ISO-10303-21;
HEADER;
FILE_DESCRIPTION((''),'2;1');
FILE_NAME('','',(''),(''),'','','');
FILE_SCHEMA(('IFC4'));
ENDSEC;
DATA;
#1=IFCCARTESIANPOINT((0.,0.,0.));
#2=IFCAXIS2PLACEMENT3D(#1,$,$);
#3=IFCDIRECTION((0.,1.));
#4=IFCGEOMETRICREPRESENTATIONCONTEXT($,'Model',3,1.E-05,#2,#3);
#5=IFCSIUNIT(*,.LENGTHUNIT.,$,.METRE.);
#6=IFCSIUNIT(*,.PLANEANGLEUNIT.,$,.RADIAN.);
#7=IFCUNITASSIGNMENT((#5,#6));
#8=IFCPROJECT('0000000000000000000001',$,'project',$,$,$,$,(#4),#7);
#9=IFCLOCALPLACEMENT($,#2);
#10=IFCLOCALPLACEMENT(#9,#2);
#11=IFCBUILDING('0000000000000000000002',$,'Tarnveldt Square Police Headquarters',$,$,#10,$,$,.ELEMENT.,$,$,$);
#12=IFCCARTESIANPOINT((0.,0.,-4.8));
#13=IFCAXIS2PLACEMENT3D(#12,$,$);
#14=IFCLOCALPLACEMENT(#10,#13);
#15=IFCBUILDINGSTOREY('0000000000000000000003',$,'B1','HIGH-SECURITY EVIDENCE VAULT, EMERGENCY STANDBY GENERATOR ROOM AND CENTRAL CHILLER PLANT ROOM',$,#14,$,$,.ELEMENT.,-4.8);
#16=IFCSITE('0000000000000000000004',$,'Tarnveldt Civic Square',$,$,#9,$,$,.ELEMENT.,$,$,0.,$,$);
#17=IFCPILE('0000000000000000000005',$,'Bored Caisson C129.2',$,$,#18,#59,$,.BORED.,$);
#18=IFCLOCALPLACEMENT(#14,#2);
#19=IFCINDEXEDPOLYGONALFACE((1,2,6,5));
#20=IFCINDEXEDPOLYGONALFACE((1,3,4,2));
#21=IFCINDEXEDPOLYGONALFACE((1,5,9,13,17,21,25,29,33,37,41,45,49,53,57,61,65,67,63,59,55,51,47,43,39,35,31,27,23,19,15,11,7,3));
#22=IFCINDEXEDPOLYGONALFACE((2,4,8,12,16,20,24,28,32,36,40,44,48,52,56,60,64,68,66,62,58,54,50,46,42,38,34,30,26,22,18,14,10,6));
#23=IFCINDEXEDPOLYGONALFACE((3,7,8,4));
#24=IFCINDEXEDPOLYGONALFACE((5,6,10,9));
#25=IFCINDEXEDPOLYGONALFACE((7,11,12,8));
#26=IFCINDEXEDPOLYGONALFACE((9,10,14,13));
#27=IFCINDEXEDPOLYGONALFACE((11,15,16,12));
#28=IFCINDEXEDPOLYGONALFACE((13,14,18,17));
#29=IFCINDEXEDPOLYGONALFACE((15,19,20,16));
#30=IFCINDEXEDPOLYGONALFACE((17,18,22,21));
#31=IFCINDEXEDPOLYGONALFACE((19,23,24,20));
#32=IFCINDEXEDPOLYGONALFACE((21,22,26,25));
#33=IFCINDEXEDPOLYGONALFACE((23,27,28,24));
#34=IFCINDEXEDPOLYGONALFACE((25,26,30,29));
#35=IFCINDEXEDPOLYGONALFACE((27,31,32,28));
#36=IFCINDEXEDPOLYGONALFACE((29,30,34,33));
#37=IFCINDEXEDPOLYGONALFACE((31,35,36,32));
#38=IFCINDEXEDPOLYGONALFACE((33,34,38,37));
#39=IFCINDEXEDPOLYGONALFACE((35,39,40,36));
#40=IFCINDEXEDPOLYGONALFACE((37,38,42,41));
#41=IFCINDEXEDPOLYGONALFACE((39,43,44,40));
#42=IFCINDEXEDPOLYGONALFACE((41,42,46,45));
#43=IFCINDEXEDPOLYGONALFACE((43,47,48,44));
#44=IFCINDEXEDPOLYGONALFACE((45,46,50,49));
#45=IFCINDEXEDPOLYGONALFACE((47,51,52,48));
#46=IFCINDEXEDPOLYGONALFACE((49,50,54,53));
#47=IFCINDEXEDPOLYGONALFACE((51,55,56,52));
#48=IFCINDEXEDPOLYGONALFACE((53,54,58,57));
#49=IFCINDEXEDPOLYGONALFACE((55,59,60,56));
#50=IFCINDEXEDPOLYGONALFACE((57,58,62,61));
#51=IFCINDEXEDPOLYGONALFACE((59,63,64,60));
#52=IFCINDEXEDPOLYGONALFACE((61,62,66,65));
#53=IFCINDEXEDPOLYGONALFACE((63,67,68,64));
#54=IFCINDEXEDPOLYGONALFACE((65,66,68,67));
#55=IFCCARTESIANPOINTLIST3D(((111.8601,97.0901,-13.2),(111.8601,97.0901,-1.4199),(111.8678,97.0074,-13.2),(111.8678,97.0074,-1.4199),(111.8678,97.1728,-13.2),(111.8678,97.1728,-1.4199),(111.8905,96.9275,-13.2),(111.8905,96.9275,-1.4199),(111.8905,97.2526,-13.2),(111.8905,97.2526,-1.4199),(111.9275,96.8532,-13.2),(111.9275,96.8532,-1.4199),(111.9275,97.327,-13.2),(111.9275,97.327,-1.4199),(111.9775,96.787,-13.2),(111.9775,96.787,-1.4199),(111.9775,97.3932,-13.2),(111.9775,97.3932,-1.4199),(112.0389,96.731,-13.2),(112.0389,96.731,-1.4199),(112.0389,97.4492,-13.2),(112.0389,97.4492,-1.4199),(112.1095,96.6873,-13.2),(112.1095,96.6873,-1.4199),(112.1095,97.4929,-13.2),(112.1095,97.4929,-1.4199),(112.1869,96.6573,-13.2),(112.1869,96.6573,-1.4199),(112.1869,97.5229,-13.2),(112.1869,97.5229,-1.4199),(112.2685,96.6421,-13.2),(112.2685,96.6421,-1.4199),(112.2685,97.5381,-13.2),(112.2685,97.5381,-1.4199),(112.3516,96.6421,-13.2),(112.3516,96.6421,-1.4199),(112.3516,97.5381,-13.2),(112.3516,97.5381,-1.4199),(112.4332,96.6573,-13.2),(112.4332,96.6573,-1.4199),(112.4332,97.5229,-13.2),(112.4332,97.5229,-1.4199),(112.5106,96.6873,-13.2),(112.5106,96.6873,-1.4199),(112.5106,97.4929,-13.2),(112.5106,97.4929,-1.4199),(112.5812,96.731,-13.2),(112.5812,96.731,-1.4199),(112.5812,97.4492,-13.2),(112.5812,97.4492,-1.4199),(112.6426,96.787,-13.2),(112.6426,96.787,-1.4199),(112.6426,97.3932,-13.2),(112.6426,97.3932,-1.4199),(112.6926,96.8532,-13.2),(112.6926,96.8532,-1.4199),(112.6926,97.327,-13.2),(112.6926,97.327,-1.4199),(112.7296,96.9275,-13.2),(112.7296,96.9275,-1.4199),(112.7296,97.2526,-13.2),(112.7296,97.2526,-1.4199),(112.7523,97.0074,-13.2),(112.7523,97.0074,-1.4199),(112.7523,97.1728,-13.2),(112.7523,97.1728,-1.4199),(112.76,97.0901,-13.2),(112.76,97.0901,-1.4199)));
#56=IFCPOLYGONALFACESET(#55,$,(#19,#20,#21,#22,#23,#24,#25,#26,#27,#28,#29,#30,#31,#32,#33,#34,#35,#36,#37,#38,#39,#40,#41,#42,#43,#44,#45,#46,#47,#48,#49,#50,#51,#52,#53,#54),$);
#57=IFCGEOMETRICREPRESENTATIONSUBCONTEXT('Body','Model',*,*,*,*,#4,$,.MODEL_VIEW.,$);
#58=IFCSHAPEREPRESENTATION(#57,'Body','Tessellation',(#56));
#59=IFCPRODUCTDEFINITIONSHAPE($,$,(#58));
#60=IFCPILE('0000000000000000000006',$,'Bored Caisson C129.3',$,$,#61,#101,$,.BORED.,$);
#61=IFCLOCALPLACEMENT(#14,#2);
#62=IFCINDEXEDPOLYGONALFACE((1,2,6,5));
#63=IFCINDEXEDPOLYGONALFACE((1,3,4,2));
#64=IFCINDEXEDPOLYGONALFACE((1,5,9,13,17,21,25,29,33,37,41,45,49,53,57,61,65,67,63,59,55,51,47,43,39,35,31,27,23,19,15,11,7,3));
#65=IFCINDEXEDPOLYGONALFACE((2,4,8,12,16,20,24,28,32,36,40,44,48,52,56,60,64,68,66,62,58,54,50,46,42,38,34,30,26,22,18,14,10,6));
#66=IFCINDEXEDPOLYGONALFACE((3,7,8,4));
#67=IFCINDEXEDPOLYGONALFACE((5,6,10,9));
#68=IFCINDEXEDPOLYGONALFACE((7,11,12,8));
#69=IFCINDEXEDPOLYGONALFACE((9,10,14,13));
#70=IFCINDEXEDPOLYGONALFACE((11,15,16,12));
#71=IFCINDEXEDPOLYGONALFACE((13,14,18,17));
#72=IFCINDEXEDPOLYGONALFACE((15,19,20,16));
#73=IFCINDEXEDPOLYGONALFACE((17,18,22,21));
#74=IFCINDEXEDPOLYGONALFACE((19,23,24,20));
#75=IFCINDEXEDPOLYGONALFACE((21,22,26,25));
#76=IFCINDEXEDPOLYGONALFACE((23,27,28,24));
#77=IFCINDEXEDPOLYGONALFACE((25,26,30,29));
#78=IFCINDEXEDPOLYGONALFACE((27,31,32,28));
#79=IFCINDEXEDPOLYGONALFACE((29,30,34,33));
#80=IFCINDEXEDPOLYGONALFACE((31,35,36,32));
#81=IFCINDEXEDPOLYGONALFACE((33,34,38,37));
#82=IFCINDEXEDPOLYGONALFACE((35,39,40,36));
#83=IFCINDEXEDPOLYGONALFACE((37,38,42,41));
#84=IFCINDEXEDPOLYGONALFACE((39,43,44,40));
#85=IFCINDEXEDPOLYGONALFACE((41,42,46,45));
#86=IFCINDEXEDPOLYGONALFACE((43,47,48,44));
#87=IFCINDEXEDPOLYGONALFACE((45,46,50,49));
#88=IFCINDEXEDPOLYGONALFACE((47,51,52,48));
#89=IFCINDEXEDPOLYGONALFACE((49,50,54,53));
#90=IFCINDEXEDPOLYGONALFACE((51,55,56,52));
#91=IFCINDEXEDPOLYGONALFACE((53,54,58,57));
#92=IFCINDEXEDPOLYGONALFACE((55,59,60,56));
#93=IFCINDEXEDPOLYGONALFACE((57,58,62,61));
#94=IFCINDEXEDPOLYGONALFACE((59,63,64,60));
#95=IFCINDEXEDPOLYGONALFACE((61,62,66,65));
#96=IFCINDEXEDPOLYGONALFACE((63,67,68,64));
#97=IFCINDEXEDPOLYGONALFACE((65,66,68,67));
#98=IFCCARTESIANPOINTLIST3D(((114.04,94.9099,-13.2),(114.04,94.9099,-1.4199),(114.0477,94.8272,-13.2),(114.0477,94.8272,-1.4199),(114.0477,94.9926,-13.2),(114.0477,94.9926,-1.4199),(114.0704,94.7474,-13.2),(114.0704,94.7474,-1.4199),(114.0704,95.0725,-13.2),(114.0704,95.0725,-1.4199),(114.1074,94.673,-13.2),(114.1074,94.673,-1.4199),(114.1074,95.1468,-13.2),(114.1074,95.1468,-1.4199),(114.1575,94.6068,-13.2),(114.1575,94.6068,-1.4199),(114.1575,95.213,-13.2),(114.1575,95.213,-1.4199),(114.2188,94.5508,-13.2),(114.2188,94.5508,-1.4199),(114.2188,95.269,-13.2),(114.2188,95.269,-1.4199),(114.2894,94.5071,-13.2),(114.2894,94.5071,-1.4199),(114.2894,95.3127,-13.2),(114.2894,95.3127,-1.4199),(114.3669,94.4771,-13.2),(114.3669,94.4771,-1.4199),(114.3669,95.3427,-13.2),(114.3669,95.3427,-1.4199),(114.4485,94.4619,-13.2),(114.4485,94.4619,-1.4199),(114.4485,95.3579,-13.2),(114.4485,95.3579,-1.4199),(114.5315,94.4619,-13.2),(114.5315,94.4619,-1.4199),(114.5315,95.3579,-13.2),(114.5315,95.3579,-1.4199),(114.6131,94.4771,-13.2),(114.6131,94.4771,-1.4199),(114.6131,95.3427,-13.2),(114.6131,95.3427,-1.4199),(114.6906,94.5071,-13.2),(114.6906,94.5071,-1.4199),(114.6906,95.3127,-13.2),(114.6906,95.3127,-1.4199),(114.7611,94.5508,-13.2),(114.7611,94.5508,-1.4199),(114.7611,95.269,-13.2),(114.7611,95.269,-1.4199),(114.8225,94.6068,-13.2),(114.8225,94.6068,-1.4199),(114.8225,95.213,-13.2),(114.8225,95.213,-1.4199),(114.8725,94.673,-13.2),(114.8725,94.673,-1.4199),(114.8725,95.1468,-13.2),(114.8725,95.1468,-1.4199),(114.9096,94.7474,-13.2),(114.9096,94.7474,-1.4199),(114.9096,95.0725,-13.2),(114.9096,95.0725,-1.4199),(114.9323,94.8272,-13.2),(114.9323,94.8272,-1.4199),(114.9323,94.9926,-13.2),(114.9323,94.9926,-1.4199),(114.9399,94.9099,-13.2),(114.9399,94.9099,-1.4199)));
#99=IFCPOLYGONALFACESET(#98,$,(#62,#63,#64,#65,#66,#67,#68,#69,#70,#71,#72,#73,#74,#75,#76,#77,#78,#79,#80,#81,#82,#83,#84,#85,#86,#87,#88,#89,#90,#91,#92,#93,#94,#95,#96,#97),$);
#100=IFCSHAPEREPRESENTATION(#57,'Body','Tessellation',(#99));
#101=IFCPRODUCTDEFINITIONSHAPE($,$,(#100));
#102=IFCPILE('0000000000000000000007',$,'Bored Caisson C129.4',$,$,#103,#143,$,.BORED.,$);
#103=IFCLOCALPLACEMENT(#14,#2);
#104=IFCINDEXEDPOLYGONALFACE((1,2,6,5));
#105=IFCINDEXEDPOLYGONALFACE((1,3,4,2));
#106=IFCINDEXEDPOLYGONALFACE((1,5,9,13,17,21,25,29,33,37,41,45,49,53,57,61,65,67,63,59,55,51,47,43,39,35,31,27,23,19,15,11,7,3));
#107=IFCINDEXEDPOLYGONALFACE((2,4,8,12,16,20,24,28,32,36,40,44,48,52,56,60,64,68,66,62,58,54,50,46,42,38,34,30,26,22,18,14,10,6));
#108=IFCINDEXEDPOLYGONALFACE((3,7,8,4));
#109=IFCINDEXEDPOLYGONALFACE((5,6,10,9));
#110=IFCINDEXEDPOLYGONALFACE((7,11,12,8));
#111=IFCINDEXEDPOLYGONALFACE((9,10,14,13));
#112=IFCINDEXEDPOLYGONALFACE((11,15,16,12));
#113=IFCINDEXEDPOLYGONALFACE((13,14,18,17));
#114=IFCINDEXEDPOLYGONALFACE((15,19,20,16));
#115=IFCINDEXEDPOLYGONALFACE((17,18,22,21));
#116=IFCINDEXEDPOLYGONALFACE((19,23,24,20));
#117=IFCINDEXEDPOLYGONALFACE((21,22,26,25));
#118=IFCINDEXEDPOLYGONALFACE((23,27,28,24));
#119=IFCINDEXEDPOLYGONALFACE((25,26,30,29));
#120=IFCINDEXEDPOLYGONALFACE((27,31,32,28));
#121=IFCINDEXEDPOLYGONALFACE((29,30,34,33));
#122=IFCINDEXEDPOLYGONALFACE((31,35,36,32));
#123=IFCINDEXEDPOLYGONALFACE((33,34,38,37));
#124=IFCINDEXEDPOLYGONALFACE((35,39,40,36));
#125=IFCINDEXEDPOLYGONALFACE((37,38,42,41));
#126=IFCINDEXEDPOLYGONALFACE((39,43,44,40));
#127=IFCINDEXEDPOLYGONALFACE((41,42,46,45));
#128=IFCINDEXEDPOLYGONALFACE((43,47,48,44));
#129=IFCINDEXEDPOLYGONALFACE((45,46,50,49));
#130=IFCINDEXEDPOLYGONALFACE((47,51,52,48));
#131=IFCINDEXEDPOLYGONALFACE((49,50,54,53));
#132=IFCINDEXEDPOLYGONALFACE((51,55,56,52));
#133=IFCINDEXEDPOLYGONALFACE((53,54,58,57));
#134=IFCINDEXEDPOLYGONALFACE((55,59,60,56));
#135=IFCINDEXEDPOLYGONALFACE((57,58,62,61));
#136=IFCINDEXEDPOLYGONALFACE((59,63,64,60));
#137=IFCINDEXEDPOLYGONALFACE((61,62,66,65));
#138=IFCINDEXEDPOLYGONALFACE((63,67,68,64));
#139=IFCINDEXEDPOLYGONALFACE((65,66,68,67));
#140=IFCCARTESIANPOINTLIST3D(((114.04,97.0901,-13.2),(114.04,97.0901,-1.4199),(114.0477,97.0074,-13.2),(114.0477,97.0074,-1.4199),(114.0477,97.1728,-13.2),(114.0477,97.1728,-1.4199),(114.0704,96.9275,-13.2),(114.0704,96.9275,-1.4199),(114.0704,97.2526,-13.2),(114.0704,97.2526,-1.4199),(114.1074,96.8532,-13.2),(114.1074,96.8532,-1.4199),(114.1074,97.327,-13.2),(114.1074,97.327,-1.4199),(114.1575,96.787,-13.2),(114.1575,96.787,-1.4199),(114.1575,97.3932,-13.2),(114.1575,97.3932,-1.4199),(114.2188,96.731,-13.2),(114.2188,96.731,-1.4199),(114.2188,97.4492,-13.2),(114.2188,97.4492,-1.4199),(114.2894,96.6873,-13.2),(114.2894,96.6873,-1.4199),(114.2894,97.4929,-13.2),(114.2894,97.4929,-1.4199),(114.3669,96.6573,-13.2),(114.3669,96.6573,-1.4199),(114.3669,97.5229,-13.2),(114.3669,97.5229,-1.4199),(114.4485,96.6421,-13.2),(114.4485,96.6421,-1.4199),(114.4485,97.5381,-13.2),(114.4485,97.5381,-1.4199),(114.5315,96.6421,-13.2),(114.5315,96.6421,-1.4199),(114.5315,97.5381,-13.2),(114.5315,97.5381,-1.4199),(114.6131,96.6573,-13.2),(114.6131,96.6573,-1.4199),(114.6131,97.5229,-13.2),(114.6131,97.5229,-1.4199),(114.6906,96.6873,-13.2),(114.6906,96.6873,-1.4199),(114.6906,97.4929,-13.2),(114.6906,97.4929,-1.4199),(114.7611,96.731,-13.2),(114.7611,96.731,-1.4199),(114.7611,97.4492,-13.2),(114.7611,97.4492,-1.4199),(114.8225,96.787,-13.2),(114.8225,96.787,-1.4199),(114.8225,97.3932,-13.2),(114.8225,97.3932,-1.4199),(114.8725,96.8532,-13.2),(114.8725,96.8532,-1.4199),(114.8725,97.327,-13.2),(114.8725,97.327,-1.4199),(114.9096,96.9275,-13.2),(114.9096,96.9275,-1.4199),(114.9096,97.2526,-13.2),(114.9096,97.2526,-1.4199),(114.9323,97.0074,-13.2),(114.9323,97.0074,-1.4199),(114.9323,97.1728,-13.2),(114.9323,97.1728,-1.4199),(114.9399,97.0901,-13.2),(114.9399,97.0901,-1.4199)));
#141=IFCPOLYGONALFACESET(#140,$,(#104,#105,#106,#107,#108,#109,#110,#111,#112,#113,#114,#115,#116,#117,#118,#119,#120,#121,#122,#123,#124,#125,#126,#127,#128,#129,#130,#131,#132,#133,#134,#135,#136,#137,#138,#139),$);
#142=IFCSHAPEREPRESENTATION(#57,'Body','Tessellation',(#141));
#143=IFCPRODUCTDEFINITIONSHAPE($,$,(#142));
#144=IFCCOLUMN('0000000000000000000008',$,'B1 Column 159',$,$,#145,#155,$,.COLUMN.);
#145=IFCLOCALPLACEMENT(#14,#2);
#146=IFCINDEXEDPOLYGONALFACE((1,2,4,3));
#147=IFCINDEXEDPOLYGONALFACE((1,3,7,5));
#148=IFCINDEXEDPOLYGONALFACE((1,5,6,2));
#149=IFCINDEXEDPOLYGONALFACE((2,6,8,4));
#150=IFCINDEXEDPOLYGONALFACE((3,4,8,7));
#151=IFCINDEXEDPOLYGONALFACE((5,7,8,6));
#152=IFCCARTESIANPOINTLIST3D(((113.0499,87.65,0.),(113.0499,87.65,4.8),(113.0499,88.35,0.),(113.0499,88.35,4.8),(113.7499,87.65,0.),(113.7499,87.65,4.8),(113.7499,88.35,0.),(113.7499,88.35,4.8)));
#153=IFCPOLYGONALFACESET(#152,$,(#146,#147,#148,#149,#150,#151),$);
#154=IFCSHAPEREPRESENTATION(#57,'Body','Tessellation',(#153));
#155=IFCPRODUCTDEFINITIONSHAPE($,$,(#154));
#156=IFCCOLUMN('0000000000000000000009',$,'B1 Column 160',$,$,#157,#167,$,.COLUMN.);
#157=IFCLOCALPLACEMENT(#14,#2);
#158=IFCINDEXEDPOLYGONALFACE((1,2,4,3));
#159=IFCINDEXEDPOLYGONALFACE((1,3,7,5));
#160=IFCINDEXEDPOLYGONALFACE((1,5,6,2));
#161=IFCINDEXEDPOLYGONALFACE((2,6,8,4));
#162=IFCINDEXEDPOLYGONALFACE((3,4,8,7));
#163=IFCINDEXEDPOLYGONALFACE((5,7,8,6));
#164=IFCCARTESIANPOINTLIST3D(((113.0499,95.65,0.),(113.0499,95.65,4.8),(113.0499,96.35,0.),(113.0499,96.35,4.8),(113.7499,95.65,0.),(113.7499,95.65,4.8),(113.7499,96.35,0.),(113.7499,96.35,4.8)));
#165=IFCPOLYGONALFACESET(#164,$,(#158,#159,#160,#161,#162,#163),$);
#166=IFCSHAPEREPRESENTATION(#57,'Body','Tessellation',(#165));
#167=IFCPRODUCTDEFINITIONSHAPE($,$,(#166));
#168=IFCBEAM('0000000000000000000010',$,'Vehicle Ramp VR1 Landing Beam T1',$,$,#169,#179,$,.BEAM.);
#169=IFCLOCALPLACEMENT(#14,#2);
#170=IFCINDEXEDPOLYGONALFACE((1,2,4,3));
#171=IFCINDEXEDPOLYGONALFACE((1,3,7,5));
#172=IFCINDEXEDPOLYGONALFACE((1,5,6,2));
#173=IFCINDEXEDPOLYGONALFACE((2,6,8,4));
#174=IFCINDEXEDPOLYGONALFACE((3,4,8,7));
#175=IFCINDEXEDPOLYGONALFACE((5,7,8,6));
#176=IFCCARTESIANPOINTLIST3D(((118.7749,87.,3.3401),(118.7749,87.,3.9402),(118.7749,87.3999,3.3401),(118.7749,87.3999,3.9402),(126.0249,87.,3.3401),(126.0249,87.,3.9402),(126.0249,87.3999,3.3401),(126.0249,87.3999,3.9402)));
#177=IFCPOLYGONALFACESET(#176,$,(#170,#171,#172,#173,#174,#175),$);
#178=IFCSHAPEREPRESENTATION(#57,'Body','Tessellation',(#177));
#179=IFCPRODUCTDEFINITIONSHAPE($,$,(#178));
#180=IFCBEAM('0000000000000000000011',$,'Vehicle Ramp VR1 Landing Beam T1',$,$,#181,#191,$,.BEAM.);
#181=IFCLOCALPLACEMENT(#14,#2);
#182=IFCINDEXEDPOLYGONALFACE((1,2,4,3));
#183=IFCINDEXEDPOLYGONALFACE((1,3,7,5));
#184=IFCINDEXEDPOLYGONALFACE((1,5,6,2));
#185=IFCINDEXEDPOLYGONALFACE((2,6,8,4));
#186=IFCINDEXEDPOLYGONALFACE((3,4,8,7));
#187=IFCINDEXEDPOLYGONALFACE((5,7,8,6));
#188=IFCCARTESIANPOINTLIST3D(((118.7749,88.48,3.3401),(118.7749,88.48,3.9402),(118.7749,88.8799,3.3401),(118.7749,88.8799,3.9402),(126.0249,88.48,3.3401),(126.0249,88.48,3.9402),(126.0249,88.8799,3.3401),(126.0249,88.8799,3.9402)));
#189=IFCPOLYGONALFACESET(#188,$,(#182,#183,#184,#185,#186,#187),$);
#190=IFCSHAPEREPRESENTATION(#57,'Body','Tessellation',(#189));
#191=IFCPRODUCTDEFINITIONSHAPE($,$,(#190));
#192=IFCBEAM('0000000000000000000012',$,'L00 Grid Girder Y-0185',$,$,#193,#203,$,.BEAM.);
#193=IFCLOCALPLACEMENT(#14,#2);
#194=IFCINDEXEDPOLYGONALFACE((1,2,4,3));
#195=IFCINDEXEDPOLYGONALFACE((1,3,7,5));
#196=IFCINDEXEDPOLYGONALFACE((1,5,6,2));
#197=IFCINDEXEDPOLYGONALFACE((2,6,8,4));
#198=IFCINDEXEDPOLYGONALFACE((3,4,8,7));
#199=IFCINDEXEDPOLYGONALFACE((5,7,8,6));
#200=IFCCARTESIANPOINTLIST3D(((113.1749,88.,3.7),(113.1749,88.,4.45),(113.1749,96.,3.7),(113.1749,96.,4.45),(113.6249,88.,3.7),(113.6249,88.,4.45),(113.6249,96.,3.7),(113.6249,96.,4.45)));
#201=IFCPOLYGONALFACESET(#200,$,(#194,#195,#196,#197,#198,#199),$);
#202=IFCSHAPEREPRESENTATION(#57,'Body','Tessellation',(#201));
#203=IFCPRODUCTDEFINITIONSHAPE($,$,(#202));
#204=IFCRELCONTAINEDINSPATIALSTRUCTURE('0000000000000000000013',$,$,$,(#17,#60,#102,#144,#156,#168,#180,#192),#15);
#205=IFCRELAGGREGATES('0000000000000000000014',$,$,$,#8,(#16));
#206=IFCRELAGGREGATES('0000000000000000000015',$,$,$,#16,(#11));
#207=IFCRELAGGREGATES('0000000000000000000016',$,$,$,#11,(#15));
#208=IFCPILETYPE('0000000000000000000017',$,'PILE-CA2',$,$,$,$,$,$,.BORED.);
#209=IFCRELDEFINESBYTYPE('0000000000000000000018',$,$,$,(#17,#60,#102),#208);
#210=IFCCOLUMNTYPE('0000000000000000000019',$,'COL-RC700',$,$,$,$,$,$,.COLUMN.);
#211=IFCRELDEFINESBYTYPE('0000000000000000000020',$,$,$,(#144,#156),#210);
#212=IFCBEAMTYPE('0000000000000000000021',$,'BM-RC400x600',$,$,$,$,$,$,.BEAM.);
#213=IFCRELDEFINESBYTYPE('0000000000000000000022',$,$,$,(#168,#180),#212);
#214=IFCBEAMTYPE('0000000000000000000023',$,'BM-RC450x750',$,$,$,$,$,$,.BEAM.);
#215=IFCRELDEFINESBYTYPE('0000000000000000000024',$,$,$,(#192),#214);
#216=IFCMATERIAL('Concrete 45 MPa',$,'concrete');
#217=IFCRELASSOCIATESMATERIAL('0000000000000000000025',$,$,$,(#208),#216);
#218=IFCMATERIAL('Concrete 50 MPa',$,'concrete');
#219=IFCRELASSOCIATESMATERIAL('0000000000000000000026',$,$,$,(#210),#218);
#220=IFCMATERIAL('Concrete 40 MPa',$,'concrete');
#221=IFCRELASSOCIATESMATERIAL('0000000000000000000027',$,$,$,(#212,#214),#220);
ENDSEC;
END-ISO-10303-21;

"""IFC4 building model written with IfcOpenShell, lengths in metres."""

from ifc_helpers import new_model, si_unit, direction, frame, origin, origin_2d, place, context, subcontext, project, spatial, rectangle, circle, extrude, material, material_profile, profile_set, type_object, element, save


model = new_model("IFC4")

# Units and contexts
model_context = context("Model", 3, precision=1e-05, world=origin(), true_north=direction((0.0, 1.0)))
body_context = subcontext(model_context, "Body", "Model", "MODEL_VIEW")
ifc_project = project(units=[si_unit("LENGTHUNIT", "METRE"), si_unit("PLANEANGLEUNIT", "RADIAN")], contexts=[model_context])

# Site, building, storey
site_placement = place(None, origin())
site = spatial("IfcSite", under=ifc_project, at=site_placement, Name="Tarnveldt Civic Square", CompositionType="ELEMENT", RefElevation=0.0)
building_placement = place(site_placement, origin())
building = spatial("IfcBuilding", under=site, at=building_placement, Name="Tarnveldt Square Police Headquarters", CompositionType="ELEMENT")
storey_placement = place(building_placement, frame((0.0, 0.0, -4.8)))
storey = spatial("IfcBuildingStorey", under=building, at=storey_placement, Name="B1", Description="HIGH-SECURITY EVIDENCE VAULT, EMERGENCY STANDBY GENERATOR ROOM AND CENTRAL CHILLER PLANT ROOM", CompositionType="ELEMENT", Elevation=-4.8)

# Shared definitions
ifc_material_1 = material(Name="Concrete 45 MPa", Category="concrete")

# Piles
ifc_material_profile_1 = material_profile(ifc_material_1, circle(Radius=0.45, at=origin_2d()), Name="CAISSON-D900")
ifc_profile_set_1 = profile_set([ifc_material_profile_1], Name="Concrete 45 MPa")
pile_type = type_object("IfcPileType", Name="PILE-CA2", PredefinedType="BORED", material=ifc_profile_set_1)
for number, where, z_axis, x_axis, name in (
    (1, (112.3101, 97.0901, -1.4199), (0.0, 0.0, -1.0), (1.0, 0.0, 0.0), "Bored Caisson C129.2"),
    (2, (114.49, 94.9099, -1.4199), (0.0, 0.0, -1.0), (1.0, 0.0, 0.0), "Bored Caisson C129.3"),
    (3, (114.49, 97.0901, -1.4199), (0.0, 0.0, -1.0), (1.0, 0.0, 0.0), "Bored Caisson C129.4"),
):
    element("IfcPile", number, at=place(storey_placement, frame(where, z_axis=z_axis, x_axis=x_axis)), inside=storey, type_object=pile_type, Name=name, PredefinedType="BORED", context=body_context, shape_type="SweptSolid", body=[
        extrude(circle(Radius=0.45, at=origin_2d()), origin(), (0.0, 0.0, 1.0), 11.78),
    ])

# Columns
ifc_material_2 = material(Name="Concrete 50 MPa", Category="concrete")
ifc_material_profile_2 = material_profile(ifc_material_2, rectangle(XDim=0.7, YDim=0.7, at=origin_2d()), Name="RC-C700x700")
ifc_profile_set_2 = profile_set([ifc_material_profile_2], Name="Concrete 50 MPa")
column_type = type_object("IfcColumnType", Name="COL-RC700", PredefinedType="COLUMN", material=ifc_profile_set_2)
for number, where, z_axis, x_axis, name in (
    (4, (113.3999, 88.0, 0.0), (0.0, 0.0, 1.0), (1.0, 0.0, 0.0), "B1 Column 159"),
    (5, (113.3999, 96.0, 0.0), (0.0, 0.0, 1.0), (1.0, 0.0, 0.0), "B1 Column 160"),
):
    element("IfcColumn", number, at=place(storey_placement, frame(where, z_axis=z_axis, x_axis=x_axis)), inside=storey, type_object=column_type, Name=name, PredefinedType="COLUMN", context=body_context, shape_type="SweptSolid", body=[
        extrude(rectangle(XDim=0.7, YDim=0.7, at=origin_2d()), origin(), (0.0, 0.0, 1.0), 4.8),
    ])

# Beams
ifc_material_3 = material(Name="Concrete 40 MPa", Category="concrete")
ifc_material_profile_3 = material_profile(ifc_material_3, rectangle(XDim=0.3999, YDim=0.6001, at=origin_2d()), Name="RC-B400x600")
ifc_profile_set_3 = profile_set([ifc_material_profile_3], Name="Concrete 40 MPa")
beam_type_1 = type_object("IfcBeamType", Name="BM-RC400x600", PredefinedType="BEAM", material=ifc_profile_set_3)
for number, where, z_axis, x_axis, name in (
    (6, (118.7749, 87.2, 3.6401), (1.0, 0.0, 0.0), (0.0, 1.0, 0.0), "Vehicle Ramp VR1 Landing Beam T1"),
    (7, (118.7749, 88.6799, 3.6401), (1.0, 0.0, 0.0), (0.0, 1.0, 0.0), "Vehicle Ramp VR1 Landing Beam T1"),
):
    element("IfcBeam", number, at=place(storey_placement, frame(where, z_axis=z_axis, x_axis=x_axis)), inside=storey, type_object=beam_type_1, Name=name, PredefinedType="BEAM", context=body_context, shape_type="SweptSolid", body=[
        extrude(rectangle(XDim=0.3999, YDim=0.6001, at=origin_2d()), origin(), (0.0, 0.0, 1.0), 7.25),
    ])
ifc_material_profile_4 = material_profile(ifc_material_3, rectangle(XDim=0.45, YDim=0.75, at=origin_2d()), Name="RC-B450x750")
ifc_profile_set_4 = profile_set([ifc_material_profile_4], Name="Concrete 40 MPa")
beam_type_2 = type_object("IfcBeamType", Name="BM-RC450x750", PredefinedType="BEAM", material=ifc_profile_set_4)
beam_1_placement = place(storey_placement, frame((113.3999, 88.0, 4.075), z_axis=(0.0, 1.0, 0.0), x_axis=(-1.0, 0.0, 0.0)))
element("IfcBeam", 8, at=beam_1_placement, inside=storey, type_object=beam_type_2, Name="L00 Grid Girder Y-0185", PredefinedType="BEAM", context=body_context, shape_type="SweptSolid", body=[
    extrude(rectangle(XDim=0.45, YDim=0.75, at=origin_2d()), origin(), (0.0, 0.0, 1.0), 8.0),
])

save(model, "model.ifc")
